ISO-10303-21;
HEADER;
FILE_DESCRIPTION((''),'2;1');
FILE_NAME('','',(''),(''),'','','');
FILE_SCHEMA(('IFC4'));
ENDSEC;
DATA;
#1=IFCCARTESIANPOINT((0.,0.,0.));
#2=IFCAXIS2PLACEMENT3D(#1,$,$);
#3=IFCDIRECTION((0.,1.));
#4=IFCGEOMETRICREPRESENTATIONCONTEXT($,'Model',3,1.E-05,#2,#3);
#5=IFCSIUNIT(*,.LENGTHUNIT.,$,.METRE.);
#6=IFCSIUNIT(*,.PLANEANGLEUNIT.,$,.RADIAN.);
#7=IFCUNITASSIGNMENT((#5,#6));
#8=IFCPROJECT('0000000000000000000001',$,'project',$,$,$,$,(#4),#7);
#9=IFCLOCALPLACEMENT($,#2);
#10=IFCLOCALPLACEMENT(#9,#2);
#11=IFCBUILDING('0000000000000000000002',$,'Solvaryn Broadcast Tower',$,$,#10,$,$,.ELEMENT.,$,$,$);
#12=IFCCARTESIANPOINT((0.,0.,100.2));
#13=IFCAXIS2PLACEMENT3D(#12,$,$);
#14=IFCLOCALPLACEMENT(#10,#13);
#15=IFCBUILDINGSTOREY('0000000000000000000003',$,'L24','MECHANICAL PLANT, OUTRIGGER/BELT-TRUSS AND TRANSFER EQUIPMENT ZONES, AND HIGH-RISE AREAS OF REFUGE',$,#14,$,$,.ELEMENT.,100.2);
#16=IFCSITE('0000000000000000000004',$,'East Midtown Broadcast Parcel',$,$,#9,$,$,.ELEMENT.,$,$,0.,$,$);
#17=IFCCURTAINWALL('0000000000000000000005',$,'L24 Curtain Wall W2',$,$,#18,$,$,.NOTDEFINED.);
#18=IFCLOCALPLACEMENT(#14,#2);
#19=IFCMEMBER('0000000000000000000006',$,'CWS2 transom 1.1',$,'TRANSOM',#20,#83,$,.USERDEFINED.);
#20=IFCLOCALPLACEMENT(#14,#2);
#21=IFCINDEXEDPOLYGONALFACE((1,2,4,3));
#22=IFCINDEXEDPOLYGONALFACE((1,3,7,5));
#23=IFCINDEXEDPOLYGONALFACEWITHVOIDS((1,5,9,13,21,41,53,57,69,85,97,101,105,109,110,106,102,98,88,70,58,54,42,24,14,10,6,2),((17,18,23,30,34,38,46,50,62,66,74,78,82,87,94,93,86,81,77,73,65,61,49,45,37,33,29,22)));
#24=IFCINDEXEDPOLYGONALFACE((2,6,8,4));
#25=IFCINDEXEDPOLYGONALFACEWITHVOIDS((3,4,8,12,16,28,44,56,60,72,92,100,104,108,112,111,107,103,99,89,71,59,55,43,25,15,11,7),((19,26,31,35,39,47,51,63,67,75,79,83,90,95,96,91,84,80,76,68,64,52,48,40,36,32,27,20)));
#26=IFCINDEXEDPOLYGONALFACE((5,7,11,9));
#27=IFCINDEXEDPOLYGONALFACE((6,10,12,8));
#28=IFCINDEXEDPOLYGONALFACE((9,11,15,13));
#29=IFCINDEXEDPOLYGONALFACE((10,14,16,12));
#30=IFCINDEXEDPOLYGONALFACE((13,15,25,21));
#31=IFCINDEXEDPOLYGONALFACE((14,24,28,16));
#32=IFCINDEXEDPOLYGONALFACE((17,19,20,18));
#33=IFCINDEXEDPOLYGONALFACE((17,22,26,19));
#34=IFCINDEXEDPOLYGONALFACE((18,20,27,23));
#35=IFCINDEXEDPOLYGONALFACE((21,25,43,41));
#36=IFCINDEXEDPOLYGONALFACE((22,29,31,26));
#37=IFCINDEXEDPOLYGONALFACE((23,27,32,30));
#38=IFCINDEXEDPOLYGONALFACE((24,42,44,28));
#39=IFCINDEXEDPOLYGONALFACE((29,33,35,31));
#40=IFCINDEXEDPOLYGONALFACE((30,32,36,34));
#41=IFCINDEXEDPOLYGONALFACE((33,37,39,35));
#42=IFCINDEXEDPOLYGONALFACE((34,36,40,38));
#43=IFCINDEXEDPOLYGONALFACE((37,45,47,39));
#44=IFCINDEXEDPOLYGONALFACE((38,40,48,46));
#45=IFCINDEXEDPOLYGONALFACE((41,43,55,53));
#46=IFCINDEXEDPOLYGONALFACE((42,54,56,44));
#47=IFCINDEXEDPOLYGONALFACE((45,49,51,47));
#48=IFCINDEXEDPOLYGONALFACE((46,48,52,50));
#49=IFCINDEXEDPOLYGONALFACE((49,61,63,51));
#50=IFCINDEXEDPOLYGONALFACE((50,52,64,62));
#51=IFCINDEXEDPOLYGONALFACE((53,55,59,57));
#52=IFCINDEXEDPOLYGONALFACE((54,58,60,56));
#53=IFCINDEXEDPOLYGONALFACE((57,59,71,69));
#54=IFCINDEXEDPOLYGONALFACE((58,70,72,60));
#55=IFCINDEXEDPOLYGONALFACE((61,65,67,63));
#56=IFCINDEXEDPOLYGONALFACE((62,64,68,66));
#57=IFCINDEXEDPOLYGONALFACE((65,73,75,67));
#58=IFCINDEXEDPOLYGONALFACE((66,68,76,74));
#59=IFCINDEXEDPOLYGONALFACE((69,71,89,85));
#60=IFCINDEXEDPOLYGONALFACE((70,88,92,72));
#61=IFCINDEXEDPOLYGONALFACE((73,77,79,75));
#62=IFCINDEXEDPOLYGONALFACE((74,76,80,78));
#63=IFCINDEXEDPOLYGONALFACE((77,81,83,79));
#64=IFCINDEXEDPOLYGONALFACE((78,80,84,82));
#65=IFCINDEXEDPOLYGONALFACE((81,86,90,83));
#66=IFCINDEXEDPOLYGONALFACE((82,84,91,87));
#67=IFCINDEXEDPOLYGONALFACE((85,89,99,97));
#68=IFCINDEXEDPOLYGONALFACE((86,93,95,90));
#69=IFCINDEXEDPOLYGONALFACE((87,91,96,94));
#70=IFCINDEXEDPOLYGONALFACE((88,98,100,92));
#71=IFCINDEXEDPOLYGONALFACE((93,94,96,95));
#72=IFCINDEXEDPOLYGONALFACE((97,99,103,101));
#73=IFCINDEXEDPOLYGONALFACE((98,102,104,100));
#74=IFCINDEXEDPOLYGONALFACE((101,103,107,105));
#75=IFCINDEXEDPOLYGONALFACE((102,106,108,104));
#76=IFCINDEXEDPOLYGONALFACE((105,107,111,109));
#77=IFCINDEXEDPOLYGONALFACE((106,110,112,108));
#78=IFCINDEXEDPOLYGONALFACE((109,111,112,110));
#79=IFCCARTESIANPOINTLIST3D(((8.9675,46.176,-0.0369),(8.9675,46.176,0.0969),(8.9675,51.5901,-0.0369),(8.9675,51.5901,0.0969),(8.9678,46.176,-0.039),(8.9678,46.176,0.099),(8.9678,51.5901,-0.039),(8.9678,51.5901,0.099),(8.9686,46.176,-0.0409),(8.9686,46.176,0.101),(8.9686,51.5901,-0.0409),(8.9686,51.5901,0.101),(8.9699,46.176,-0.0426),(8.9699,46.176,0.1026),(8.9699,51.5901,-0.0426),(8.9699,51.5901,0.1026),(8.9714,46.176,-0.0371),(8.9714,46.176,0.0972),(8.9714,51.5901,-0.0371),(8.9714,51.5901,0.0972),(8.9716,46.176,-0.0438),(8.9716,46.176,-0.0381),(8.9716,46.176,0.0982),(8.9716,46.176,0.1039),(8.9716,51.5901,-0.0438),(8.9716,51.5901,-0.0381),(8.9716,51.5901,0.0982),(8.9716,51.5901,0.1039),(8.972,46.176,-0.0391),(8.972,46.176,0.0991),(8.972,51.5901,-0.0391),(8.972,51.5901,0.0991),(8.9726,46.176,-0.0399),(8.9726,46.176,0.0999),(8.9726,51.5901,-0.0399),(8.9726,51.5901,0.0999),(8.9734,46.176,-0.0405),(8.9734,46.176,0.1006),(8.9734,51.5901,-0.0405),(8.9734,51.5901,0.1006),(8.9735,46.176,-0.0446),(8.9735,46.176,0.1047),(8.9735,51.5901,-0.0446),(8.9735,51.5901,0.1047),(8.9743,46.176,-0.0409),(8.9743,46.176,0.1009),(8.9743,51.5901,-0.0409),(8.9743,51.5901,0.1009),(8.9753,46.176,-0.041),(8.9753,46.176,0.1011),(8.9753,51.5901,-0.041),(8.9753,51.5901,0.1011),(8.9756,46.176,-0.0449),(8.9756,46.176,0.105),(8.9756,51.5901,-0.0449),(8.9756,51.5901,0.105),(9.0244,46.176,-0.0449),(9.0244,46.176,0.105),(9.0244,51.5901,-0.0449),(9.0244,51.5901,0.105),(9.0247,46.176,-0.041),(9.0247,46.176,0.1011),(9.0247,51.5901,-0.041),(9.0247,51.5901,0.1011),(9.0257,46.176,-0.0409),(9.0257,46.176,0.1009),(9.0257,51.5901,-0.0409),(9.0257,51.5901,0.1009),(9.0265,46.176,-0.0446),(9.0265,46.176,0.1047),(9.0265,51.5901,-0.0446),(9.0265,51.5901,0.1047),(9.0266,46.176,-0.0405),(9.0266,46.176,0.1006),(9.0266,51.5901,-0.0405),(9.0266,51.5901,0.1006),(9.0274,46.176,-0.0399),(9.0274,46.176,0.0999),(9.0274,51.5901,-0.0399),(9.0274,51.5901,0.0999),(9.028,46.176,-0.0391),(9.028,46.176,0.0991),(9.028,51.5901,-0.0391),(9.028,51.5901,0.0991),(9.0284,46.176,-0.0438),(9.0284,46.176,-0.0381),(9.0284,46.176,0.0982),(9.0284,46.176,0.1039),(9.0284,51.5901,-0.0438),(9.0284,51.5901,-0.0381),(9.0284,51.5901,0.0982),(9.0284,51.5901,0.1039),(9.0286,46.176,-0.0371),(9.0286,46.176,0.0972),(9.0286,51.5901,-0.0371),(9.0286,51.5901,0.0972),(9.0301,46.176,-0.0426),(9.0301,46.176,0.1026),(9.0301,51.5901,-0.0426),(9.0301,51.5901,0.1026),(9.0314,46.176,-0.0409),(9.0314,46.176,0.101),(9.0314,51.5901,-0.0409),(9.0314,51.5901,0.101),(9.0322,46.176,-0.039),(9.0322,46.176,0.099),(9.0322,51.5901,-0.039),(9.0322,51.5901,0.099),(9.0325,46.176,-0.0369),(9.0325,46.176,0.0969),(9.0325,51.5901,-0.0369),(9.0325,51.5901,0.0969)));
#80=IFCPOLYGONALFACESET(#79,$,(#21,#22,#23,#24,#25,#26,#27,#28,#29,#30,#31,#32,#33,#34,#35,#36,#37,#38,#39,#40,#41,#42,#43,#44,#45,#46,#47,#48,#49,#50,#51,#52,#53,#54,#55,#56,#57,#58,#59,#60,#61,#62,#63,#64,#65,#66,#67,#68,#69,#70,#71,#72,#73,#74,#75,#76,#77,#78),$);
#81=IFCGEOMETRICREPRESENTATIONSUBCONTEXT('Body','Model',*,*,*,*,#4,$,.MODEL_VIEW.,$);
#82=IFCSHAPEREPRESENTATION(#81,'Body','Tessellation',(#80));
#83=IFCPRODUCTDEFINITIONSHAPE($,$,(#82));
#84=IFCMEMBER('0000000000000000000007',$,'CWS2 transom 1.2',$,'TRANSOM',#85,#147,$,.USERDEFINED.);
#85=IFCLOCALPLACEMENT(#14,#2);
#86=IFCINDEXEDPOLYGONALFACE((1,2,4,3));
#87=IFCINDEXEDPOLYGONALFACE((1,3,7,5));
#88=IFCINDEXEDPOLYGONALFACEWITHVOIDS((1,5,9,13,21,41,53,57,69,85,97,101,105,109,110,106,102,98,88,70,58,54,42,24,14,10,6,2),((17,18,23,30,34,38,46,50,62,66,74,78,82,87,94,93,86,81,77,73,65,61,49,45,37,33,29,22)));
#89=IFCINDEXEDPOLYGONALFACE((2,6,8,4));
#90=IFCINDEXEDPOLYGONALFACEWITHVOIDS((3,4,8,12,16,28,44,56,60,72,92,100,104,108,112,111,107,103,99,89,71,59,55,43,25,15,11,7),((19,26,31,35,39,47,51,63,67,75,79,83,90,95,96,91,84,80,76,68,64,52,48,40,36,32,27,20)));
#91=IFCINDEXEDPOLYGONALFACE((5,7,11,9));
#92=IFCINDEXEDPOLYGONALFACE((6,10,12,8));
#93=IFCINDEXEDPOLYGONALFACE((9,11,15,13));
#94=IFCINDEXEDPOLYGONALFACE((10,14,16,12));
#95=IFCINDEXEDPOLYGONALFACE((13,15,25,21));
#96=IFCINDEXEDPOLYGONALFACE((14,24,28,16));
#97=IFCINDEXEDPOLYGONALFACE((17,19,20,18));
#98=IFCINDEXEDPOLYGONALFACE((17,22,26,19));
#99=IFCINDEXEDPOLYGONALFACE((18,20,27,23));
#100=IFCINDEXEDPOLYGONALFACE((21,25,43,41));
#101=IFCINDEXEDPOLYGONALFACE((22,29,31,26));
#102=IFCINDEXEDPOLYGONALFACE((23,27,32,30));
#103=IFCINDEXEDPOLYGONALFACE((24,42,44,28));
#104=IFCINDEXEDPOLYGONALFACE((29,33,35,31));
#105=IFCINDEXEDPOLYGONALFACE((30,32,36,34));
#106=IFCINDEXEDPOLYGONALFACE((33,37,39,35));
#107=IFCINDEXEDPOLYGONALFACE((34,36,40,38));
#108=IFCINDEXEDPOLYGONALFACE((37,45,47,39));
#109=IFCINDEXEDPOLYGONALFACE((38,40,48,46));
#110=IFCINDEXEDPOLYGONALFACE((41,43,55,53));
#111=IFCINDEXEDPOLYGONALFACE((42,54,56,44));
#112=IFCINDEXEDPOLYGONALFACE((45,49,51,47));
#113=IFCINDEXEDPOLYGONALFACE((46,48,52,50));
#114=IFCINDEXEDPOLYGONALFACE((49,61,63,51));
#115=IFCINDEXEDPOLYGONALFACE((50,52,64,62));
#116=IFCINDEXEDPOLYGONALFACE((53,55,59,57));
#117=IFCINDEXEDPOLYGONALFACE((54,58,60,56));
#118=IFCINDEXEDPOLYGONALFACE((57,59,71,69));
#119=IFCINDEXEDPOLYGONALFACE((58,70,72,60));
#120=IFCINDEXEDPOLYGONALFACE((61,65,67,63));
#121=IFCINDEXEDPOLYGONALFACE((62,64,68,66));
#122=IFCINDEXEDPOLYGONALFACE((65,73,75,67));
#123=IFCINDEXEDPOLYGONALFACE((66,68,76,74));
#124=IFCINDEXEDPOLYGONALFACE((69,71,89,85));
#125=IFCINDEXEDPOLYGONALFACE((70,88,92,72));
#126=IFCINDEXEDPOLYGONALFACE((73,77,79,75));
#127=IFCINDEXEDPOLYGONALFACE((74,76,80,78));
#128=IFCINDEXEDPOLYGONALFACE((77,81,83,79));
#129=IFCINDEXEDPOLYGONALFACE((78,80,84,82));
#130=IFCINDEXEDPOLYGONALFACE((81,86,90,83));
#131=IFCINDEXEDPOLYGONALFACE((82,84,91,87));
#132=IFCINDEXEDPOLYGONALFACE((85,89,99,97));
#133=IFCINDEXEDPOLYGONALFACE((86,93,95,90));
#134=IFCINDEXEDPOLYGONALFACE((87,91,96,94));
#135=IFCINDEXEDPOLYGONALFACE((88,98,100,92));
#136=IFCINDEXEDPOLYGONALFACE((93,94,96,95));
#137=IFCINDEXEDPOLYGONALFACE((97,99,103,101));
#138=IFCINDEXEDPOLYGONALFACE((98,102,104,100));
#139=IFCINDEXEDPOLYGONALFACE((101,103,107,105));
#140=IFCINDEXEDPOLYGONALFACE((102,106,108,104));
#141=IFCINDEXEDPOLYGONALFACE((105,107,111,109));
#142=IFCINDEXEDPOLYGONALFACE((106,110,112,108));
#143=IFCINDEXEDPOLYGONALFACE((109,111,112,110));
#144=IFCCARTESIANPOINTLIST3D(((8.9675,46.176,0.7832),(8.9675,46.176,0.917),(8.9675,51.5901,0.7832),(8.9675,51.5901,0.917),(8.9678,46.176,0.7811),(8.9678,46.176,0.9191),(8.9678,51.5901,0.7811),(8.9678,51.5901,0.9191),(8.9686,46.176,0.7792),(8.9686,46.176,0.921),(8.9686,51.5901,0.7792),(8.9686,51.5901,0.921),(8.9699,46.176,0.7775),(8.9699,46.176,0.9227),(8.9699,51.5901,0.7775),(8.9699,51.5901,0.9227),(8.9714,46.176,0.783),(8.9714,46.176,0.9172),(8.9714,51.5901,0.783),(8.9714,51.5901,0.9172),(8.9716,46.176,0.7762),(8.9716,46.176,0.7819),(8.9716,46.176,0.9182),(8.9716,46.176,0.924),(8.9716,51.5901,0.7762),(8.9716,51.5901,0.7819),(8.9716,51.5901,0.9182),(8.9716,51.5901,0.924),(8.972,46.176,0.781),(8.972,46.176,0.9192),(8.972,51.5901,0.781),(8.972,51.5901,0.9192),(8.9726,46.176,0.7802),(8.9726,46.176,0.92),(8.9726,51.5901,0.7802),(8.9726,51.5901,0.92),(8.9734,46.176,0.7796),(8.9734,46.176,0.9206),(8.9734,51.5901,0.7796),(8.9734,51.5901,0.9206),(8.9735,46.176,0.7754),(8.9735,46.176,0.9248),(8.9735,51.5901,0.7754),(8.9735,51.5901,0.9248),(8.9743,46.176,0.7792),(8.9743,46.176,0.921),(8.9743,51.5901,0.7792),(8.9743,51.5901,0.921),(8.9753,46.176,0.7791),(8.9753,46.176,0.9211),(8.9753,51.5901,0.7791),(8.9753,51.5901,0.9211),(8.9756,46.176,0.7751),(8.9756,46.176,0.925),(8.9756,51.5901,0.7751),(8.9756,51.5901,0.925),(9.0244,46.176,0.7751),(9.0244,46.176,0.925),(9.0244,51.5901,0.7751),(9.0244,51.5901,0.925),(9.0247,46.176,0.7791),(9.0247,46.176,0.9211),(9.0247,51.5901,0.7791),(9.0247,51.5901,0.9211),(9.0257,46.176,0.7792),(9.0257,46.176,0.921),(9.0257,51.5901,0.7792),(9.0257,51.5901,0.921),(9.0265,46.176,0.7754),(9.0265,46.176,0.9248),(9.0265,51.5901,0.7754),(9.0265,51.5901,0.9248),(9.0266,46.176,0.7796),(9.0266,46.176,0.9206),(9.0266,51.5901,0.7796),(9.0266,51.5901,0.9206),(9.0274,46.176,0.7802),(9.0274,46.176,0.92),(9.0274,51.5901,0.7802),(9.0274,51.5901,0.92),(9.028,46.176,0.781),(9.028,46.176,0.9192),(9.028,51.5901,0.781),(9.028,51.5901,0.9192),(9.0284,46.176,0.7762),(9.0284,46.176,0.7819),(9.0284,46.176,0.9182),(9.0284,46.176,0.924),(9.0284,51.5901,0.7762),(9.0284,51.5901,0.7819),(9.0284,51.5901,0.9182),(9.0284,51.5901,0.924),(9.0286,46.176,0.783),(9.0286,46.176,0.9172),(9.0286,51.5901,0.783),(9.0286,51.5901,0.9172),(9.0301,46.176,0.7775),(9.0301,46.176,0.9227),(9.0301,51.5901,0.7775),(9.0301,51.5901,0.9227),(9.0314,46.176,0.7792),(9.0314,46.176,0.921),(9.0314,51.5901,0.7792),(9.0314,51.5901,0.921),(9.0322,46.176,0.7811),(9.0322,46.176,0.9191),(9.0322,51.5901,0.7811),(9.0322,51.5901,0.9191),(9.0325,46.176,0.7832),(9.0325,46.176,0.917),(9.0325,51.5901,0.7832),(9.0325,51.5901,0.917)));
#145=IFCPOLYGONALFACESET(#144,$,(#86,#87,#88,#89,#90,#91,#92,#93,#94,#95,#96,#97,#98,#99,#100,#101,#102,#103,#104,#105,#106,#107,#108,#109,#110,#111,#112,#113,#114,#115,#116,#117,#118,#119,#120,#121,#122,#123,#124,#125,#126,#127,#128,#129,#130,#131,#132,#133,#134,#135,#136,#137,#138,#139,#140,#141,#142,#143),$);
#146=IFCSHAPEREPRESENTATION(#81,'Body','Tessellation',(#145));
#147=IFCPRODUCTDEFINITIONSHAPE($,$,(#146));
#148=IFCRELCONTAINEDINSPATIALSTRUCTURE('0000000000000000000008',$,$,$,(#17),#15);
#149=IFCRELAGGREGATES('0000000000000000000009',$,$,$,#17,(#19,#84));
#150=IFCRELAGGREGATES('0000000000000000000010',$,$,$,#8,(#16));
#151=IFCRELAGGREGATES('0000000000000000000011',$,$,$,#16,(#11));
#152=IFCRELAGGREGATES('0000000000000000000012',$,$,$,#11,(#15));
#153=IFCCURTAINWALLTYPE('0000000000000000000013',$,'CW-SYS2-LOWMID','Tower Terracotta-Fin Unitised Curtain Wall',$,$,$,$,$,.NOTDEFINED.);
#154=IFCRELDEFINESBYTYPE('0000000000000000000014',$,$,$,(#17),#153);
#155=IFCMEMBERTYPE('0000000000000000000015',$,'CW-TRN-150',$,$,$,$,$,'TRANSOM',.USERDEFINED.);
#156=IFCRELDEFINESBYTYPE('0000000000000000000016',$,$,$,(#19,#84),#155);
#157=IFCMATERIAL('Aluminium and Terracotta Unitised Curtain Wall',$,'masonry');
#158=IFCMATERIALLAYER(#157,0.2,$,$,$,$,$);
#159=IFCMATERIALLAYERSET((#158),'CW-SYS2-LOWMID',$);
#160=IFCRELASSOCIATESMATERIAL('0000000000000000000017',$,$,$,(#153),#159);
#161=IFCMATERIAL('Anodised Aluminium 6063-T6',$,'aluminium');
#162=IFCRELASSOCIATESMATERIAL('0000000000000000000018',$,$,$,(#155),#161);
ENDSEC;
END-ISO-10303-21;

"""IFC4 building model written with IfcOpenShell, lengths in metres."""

from ifc_helpers import new_model, si_unit, direction, frame, origin, origin_2d, place, context, subcontext, project, spatial, hollow_rectangle, extrude, material, layer, layer_set, material_profile, profile_set, type_object, element, aggregate, save


model = new_model("IFC4")

# Units and contexts
model_context = context("Model", 3, precision=1e-05, world=origin(), true_north=direction((0.0, 1.0)))
body_context = subcontext(model_context, "Body", "Model", "MODEL_VIEW")
ifc_project = project(units=[si_unit("LENGTHUNIT", "METRE"), si_unit("PLANEANGLEUNIT", "RADIAN")], contexts=[model_context])

# Site, building, storey
site_placement = place(None, origin())
site = spatial("IfcSite", under=ifc_project, at=site_placement, Name="East Midtown Broadcast Parcel", CompositionType="ELEMENT", RefElevation=0.0)
building_placement = place(site_placement, origin())
building = spatial("IfcBuilding", under=site, at=building_placement, Name="Solvaryn Broadcast Tower", CompositionType="ELEMENT")
storey_placement = place(building_placement, frame((0.0, 0.0, 100.2)))
storey = spatial("IfcBuildingStorey", under=building, at=storey_placement, Name="L24", Description="MECHANICAL PLANT, OUTRIGGER/BELT-TRUSS AND TRANSFER EQUIPMENT ZONES, AND HIGH-RISE AREAS OF REFUGE", CompositionType="ELEMENT", Elevation=100.2)

# Shared definitions
ifc_material_1 = material(Name="Aluminium and Terracotta Unitised Curtain Wall", Category="masonry")
ifc_layer_1 = layer(ifc_material_1, 0.2)
ifc_layer_set_1 = layer_set([ifc_layer_1], Name="CW-SYS2-LOWMID")
curtain_wall_type = type_object("IfcCurtainWallType", Name="CW-SYS2-LOWMID", Description="Tower Terracotta-Fin Unitised Curtain Wall", PredefinedType="NOTDEFINED", material=ifc_layer_set_1)

# Curtain wall
curtain_wall_1_placement = place(storey_placement, origin())
curtain_wall_1 = element("IfcCurtainWall", 1, at=curtain_wall_1_placement, inside=storey, type_object=curtain_wall_type, Name="L24 Curtain Wall W2", PredefinedType="NOTDEFINED")

# Members
ifc_material_2 = material(Name="Anodised Aluminium 6063-T6", Category="aluminium")
ifc_material_profile_1 = material_profile(ifc_material_2, hollow_rectangle(XDim=0.0649, YDim=0.1499, WallThickness=0.0039, InnerFilletRadius=0.0039, OuterFilletRadius=0.0081, at=origin_2d()))
ifc_profile_set_1 = profile_set([ifc_material_profile_1], Name="Anodised Aluminium 6063-T6")
member_type_1 = type_object("IfcMemberType", Name="CW-TRN-150", ElementType="TRANSOM", PredefinedType="USERDEFINED", material=ifc_profile_set_1)
member_1_placement = place(storey_placement, frame((9.0, 46.176, 0.03), z_axis=(0.0, 1.0, 0.0), x_axis=(-1.0, 0.0, 0.0)))
member_1 = element("IfcMember", 2, at=member_1_placement, type_object=member_type_1, Name="CWS2 transom 1.1", ObjectType="TRANSOM", PredefinedType="USERDEFINED", context=body_context, shape_type="SweptSolid", body=[
    extrude(hollow_rectangle(XDim=0.0649, YDim=0.1499, WallThickness=0.0039, InnerFilletRadius=0.0039, OuterFilletRadius=0.0081, at=origin_2d()), origin(), (0.0, 0.0, 1.0), 5.4141),
])
member_2_placement = place(storey_placement, frame((9.0, 46.176, 0.8501), z_axis=(0.0, 1.0, 0.0), x_axis=(-1.0, 0.0, 0.0)))
member_2 = element("IfcMember", 3, at=member_2_placement, type_object=member_type_1, Name="CWS2 transom 1.2", ObjectType="TRANSOM", PredefinedType="USERDEFINED", context=body_context, shape_type="SweptSolid", body=[
    extrude(hollow_rectangle(XDim=0.0649, YDim=0.1499, WallThickness=0.0039, InnerFilletRadius=0.0039, OuterFilletRadius=0.0081, at=origin_2d()), origin(), (0.0, 0.0, 1.0), 5.4141),
])

aggregate(curtain_wall_1, [member_1, member_2])

save(model, "model.ifc")
